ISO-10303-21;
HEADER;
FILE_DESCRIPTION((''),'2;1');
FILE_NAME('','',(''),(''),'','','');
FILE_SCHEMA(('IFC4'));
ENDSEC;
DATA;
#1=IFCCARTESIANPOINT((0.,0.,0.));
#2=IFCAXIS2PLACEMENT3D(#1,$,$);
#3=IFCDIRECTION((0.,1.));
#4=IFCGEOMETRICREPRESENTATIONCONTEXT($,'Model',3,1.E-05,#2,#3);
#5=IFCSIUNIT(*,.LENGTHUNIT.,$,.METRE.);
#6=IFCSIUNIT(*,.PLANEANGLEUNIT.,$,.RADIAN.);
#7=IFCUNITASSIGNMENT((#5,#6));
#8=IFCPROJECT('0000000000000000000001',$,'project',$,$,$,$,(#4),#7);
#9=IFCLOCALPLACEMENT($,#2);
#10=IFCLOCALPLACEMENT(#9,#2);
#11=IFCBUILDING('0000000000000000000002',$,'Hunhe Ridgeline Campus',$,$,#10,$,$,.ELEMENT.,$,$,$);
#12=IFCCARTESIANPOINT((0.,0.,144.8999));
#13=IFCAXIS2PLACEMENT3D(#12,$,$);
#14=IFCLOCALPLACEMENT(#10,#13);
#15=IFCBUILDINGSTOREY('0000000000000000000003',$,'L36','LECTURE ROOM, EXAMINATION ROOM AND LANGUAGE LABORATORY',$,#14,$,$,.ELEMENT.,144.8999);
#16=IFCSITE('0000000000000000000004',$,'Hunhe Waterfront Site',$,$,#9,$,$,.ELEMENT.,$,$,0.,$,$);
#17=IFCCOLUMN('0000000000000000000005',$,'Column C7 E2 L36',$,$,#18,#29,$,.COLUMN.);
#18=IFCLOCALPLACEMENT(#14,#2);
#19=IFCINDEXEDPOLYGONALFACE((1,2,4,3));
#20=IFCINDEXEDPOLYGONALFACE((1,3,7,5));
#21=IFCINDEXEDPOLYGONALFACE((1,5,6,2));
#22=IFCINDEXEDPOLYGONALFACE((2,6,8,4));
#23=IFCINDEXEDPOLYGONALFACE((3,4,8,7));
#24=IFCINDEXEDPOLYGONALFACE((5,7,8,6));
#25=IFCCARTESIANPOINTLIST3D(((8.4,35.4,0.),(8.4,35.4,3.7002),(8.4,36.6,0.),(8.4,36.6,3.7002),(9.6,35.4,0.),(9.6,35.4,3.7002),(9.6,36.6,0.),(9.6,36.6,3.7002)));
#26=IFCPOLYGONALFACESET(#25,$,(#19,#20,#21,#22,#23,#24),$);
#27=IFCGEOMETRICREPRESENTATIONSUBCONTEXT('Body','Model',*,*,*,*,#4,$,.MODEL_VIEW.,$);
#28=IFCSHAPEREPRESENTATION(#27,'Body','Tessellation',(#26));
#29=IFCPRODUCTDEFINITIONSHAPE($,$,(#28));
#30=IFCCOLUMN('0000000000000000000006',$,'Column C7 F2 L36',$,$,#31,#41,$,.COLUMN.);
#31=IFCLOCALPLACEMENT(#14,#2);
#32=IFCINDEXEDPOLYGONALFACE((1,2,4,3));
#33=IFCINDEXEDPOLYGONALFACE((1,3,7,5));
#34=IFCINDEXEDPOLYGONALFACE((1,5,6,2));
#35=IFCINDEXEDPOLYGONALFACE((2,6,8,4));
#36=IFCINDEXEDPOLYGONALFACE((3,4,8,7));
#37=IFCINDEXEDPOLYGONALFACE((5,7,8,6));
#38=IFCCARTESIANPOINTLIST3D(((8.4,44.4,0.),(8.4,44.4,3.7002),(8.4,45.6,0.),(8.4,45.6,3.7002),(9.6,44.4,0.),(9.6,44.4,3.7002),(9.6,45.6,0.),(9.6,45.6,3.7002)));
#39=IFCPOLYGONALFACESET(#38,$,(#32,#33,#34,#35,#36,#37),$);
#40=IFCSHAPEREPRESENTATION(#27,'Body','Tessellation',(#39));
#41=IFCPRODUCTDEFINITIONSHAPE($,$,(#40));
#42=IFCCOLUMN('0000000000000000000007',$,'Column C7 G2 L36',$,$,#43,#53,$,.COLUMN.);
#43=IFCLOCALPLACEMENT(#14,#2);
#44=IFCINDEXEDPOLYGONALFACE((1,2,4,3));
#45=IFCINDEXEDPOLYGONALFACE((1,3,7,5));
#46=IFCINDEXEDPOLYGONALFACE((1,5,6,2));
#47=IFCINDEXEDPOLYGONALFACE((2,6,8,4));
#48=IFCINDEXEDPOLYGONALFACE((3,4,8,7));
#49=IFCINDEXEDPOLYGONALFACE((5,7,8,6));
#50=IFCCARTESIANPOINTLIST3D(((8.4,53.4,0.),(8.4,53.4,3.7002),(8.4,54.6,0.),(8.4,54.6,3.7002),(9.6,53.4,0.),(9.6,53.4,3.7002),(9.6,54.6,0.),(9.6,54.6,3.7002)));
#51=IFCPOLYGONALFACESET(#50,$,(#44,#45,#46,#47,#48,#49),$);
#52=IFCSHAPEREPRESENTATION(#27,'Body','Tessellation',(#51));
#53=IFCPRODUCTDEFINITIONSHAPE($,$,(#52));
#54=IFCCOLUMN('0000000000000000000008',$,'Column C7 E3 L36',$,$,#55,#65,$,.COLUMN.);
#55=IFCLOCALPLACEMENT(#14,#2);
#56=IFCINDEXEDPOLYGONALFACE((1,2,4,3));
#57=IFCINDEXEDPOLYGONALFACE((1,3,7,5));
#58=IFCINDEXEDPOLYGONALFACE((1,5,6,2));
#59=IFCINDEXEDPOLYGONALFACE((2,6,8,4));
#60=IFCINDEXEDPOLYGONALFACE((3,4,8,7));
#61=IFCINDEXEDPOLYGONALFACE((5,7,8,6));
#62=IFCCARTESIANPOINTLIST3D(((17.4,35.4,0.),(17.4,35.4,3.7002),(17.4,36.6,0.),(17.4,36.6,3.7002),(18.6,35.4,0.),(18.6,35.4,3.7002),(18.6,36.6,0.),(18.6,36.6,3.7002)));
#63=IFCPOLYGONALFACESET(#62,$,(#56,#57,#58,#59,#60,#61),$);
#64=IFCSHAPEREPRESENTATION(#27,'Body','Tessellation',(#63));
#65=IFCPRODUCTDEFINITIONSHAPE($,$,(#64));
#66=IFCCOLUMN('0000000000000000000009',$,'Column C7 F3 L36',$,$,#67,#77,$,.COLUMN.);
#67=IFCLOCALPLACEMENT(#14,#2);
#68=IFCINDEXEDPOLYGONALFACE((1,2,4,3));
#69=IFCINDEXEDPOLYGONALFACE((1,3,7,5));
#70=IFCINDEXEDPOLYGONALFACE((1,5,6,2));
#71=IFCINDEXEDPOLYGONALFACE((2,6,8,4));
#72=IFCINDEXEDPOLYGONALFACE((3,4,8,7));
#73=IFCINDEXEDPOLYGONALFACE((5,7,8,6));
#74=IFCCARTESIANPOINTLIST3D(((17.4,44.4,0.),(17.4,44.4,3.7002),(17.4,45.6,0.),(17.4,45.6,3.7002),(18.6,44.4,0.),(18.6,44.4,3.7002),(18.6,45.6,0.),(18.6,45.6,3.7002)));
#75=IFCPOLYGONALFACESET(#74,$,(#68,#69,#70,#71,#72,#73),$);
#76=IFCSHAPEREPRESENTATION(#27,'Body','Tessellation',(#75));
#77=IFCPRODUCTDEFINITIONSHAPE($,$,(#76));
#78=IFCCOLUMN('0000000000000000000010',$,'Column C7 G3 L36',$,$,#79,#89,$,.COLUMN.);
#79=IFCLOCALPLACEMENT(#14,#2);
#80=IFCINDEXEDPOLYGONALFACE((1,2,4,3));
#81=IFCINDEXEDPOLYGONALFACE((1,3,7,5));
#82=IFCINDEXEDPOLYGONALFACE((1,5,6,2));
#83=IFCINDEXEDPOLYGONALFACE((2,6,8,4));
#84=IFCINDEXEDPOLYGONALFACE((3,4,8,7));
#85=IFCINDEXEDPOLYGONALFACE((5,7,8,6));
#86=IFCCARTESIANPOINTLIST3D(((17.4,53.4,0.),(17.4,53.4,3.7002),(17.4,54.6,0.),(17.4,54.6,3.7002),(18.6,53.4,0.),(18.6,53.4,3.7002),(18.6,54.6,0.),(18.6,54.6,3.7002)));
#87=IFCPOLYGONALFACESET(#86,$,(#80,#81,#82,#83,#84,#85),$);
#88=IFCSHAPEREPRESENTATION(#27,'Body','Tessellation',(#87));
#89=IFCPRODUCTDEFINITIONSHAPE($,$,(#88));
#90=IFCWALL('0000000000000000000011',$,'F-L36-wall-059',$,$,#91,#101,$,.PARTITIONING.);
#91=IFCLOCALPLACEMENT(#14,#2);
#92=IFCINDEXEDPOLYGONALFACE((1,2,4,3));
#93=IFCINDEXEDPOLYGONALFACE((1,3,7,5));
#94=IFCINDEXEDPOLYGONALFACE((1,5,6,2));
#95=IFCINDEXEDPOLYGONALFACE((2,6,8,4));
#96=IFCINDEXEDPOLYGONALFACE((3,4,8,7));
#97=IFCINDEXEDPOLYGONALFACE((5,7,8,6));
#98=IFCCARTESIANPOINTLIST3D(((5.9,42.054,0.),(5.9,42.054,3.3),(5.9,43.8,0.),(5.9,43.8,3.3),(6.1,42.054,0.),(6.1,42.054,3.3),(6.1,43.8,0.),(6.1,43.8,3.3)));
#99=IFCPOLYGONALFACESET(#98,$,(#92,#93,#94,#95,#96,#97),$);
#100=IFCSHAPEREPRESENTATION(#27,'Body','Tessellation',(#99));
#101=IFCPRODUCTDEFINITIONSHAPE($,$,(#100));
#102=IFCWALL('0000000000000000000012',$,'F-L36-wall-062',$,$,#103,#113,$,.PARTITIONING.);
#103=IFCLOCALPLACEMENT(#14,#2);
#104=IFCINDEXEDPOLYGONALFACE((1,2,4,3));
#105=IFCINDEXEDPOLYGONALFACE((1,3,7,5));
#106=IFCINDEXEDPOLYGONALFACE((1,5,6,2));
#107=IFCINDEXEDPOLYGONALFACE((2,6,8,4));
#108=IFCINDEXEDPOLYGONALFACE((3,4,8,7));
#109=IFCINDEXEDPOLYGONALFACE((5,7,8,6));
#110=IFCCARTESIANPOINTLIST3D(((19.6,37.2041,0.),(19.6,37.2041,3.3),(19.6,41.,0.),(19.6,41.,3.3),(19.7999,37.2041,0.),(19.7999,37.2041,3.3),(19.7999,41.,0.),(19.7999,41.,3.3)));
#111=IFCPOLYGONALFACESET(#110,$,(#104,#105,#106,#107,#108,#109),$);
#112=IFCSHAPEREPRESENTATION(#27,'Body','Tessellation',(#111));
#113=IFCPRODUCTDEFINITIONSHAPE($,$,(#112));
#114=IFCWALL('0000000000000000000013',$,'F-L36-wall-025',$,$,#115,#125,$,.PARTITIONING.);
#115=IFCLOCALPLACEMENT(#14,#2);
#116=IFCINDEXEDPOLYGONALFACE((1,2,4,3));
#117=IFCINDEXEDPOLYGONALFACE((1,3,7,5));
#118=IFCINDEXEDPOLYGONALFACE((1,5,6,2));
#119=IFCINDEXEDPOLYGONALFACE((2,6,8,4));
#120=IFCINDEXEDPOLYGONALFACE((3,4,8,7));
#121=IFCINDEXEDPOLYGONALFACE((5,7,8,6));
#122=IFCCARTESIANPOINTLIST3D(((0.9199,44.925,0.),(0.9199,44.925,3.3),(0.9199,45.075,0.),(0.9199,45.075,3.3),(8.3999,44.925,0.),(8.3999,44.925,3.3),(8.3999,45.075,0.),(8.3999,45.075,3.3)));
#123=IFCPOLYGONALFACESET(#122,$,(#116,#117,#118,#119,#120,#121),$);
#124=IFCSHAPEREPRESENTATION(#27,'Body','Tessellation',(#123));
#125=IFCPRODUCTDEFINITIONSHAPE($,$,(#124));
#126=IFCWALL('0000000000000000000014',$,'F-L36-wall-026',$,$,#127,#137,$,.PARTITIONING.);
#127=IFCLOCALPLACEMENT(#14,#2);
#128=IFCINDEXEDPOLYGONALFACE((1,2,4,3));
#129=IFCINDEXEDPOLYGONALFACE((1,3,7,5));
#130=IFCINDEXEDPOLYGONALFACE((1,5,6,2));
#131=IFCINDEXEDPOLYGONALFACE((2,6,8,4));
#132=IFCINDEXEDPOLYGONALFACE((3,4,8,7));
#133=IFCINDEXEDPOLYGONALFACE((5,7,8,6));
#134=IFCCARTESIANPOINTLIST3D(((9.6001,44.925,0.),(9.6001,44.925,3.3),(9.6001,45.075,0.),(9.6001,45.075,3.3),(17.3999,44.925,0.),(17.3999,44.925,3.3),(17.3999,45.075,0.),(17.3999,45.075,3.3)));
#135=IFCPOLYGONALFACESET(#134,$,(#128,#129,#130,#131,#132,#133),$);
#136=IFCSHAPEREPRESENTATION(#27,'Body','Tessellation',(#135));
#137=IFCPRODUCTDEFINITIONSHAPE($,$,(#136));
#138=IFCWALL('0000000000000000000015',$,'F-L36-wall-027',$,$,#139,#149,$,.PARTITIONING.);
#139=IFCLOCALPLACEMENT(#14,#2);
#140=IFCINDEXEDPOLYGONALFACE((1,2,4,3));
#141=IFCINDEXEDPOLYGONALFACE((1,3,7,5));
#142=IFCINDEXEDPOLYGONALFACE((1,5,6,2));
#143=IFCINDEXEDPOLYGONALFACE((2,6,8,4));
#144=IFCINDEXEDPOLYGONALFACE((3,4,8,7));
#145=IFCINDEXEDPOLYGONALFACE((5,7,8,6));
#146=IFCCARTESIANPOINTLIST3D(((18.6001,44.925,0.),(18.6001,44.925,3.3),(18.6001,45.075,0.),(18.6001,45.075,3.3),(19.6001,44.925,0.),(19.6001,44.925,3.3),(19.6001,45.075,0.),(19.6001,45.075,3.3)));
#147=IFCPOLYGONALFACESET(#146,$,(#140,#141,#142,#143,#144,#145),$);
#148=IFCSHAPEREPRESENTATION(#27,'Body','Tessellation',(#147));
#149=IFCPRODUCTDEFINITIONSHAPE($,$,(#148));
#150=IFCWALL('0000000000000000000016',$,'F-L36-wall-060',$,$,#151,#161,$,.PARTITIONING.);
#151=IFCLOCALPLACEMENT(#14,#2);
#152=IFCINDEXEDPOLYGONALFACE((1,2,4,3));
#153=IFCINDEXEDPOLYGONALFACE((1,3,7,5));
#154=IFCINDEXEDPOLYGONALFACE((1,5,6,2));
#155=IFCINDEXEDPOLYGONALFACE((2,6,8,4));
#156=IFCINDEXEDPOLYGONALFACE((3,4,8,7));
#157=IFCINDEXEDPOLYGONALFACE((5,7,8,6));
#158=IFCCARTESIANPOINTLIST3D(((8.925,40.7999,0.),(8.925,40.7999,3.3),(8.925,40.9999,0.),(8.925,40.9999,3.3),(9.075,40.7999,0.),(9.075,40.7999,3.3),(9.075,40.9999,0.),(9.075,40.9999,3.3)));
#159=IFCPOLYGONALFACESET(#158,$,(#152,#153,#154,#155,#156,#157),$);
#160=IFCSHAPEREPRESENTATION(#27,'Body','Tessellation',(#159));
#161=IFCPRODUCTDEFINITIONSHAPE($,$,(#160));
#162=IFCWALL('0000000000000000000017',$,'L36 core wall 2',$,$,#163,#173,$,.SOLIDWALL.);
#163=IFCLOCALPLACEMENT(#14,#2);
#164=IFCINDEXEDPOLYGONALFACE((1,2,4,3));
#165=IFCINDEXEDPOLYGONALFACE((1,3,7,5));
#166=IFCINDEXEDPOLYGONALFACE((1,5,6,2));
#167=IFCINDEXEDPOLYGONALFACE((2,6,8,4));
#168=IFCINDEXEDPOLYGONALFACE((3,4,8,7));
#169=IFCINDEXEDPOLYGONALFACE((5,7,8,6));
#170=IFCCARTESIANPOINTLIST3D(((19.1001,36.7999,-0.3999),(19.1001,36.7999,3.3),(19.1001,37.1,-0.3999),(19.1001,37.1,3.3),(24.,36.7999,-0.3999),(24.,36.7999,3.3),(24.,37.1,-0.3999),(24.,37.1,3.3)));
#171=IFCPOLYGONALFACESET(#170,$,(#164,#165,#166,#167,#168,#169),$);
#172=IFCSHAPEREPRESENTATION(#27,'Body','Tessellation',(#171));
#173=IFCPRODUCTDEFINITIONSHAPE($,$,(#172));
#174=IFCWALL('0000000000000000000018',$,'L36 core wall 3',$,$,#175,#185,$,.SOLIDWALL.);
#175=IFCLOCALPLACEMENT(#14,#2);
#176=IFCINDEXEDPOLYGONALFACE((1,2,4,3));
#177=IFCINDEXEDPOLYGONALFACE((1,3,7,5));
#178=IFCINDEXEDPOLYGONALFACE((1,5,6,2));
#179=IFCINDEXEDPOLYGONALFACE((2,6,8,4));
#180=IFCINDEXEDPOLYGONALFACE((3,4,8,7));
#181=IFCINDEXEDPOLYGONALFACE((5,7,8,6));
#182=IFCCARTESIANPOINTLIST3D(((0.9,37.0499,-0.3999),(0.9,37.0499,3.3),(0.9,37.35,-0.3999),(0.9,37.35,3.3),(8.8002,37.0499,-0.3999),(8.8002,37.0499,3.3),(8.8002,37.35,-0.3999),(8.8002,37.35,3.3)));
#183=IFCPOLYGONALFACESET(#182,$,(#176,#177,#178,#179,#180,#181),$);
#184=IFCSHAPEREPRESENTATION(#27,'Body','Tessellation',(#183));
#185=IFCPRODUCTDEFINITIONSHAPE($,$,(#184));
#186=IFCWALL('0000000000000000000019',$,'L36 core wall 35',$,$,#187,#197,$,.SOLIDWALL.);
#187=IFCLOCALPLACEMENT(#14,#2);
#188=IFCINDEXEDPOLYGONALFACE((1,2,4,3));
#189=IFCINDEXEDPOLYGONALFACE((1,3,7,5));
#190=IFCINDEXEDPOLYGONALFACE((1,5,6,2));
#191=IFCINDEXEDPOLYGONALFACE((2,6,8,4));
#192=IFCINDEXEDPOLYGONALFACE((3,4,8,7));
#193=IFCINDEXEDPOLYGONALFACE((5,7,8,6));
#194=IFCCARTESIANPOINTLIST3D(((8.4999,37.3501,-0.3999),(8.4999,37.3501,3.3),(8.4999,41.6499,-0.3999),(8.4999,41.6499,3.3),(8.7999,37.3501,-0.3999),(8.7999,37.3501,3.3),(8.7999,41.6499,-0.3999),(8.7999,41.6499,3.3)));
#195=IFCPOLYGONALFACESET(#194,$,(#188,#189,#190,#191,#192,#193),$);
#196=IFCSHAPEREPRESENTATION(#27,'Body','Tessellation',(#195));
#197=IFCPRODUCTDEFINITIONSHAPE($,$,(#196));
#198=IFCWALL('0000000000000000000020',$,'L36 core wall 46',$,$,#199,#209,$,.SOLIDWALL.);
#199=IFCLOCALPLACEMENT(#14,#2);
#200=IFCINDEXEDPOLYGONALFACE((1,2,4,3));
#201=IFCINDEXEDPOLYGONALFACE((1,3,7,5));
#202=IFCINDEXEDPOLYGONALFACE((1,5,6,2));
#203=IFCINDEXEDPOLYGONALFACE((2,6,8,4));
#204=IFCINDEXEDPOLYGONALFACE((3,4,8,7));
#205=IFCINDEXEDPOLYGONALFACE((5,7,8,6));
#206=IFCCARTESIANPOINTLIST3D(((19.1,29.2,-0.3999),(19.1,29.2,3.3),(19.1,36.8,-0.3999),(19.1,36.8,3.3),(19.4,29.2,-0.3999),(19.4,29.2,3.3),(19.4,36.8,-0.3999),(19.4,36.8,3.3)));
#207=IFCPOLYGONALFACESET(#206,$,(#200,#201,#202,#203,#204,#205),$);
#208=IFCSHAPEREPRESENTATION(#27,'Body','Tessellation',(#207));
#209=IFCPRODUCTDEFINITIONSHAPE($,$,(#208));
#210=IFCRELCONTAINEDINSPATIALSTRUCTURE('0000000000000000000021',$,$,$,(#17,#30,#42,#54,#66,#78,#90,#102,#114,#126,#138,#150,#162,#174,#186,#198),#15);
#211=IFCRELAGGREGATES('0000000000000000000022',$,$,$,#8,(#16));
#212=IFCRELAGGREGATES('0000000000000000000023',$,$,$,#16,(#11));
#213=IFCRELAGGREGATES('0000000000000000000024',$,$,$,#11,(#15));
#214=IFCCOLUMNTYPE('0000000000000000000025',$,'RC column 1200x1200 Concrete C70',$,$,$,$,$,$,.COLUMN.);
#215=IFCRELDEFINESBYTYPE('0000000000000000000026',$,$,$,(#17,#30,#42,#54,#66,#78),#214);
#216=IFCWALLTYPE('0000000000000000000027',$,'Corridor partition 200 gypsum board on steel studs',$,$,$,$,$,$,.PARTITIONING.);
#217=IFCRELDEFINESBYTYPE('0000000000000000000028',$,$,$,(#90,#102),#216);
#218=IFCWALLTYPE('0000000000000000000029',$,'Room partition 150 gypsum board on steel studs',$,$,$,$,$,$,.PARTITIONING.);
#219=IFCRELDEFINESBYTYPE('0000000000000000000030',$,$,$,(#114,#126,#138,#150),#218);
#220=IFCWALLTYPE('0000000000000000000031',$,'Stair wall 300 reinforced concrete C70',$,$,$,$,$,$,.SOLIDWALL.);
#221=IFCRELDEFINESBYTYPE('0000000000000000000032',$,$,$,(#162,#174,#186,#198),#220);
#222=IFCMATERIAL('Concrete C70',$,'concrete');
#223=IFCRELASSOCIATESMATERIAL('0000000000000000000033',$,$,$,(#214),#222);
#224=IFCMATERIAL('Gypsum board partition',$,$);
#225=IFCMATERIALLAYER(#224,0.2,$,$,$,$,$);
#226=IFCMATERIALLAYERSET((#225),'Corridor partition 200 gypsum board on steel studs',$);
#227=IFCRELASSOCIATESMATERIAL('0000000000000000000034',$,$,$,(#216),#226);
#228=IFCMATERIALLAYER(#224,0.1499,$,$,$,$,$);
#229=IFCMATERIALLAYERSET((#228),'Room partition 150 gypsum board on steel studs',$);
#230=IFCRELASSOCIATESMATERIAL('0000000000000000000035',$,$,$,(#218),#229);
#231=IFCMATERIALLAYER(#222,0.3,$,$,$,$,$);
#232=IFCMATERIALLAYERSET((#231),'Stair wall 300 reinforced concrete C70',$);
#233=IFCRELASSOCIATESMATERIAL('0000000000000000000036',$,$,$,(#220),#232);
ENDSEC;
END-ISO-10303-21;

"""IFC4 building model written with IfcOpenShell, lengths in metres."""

from ifc_helpers import new_model, si_unit, direction, frame, frame_2d, origin, origin_2d, place, context, subcontext, project, spatial, rectangle, extrude, material, layer, layer_set, material_profile, profile_set, type_object, element, save


model = new_model("IFC4")

# Units and contexts
model_context = context("Model", 3, precision=1e-05, world=origin(), true_north=direction((0.0, 1.0)))
body_context = subcontext(model_context, "Body", "Model", "MODEL_VIEW")
ifc_project = project(units=[si_unit("LENGTHUNIT", "METRE"), si_unit("PLANEANGLEUNIT", "RADIAN")], contexts=[model_context])

# Site, building, storey
site_placement = place(None, origin())
site = spatial("IfcSite", under=ifc_project, at=site_placement, Name="Hunhe Waterfront Site", CompositionType="ELEMENT", RefElevation=0.0)
building_placement = place(site_placement, origin())
building = spatial("IfcBuilding", under=site, at=building_placement, Name="Hunhe Ridgeline Campus", CompositionType="ELEMENT")
storey_placement = place(building_placement, frame((0.0, 0.0, 144.8999)))
storey = spatial("IfcBuildingStorey", under=building, at=storey_placement, Name="L36", Description="LECTURE ROOM, EXAMINATION ROOM AND LANGUAGE LABORATORY", CompositionType="ELEMENT", Elevation=144.8999)

# Columns
ifc_material_1 = material(Name="Concrete C70", Category="concrete")
ifc_material_profile = material_profile(ifc_material_1, rectangle(XDim=1.2, YDim=1.2, at=origin_2d()))
ifc_profile_set = profile_set([ifc_material_profile], Name="Concrete C70")
column_type = type_object("IfcColumnType", Name="RC column 1200x1200 Concrete C70", PredefinedType="COLUMN", material=ifc_profile_set)
for number, where, z_axis, x_axis, name in (
    (1, (9.0, 36.0, 0.0), (0.0, 0.0, 1.0), (1.0, 0.0, 0.0), "Column C7 E2 L36"),
    (2, (9.0, 45.0, 0.0), (0.0, 0.0, 1.0), (1.0, 0.0, 0.0), "Column C7 F2 L36"),
    (3, (9.0, 54.0, 0.0), (0.0, 0.0, 1.0), (1.0, 0.0, 0.0), "Column C7 G2 L36"),
    (4, (18.0, 36.0, 0.0), (0.0, 0.0, 1.0), (1.0, 0.0, 0.0), "Column C7 E3 L36"),
    (5, (18.0, 45.0, 0.0), (0.0, 0.0, 1.0), (1.0, 0.0, 0.0), "Column C7 F3 L36"),
    (6, (18.0, 54.0, 0.0), (0.0, 0.0, 1.0), (1.0, 0.0, 0.0), "Column C7 G3 L36"),
):
    element("IfcColumn", number, at=place(storey_placement, frame(where, z_axis=z_axis, x_axis=x_axis)), inside=storey, type_object=column_type, Name=name, PredefinedType="COLUMN", context=body_context, shape_type="SweptSolid", body=[
        extrude(rectangle(XDim=1.2, YDim=1.2, at=origin_2d()), origin(), (0.0, 0.0, 1.0), 3.7002),
    ])

# Shared definitions
ifc_material_2 = material(Name="Gypsum board partition")
ifc_layer_1 = layer(ifc_material_2, 0.2)
ifc_layer_set_1 = layer_set([ifc_layer_1], Name="Corridor partition 200 gypsum board on steel studs")
wall_type_1 = type_object("IfcWallType", Name="Corridor partition 200 gypsum board on steel studs", PredefinedType="PARTITIONING", material=ifc_layer_set_1)

# Walls
wall_1_placement = place(storey_placement, frame((6.0, 42.054, 0.0), z_axis=(0.0, 0.0, 1.0), x_axis=(0.0, 1.0, 0.0)))
element("IfcWall", 7, at=wall_1_placement, inside=storey, type_object=wall_type_1, Name="F-L36-wall-059", PredefinedType="PARTITIONING", context=body_context, shape_type="SweptSolid", body=[
    extrude(rectangle(XDim=1.7461, YDim=0.2, at=frame_2d((0.873, 0.0))), origin(), (0.0, 0.0, 1.0), 3.3),
])
wall_2_placement = place(storey_placement, frame((19.7, 37.2041, 0.0), z_axis=(0.0, 0.0, 1.0), x_axis=(0.0, 1.0, 0.0)))
element("IfcWall", 8, at=wall_2_placement, inside=storey, type_object=wall_type_1, Name="F-L36-wall-062", PredefinedType="PARTITIONING", context=body_context, shape_type="SweptSolid", body=[
    extrude(rectangle(XDim=3.7959, YDim=0.2, at=frame_2d((1.8979, 0.0))), origin(), (0.0, 0.0, 1.0), 3.3),
])

# Walls
ifc_layer_2 = layer(ifc_material_2, 0.1499)
ifc_layer_set_2 = layer_set([ifc_layer_2], Name="Room partition 150 gypsum board on steel studs")
wall_type_2 = type_object("IfcWallType", Name="Room partition 150 gypsum board on steel studs", PredefinedType="PARTITIONING", material=ifc_layer_set_2)
wall_3_placement = place(storey_placement, frame((0.9199, 45.0, 0.0), z_axis=(0.0, 0.0, 1.0), x_axis=(1.0, 0.0, 0.0)))
element("IfcWall", 9, at=wall_3_placement, inside=storey, type_object=wall_type_2, Name="F-L36-wall-025", PredefinedType="PARTITIONING", context=body_context, shape_type="SweptSolid", body=[
    extrude(rectangle(XDim=7.48, YDim=0.1499, at=frame_2d((3.74, 0.0))), origin(), (0.0, 0.0, 1.0), 3.3),
])
wall_4_placement = place(storey_placement, frame((9.6001, 45.0, 0.0), z_axis=(0.0, 0.0, 1.0), x_axis=(1.0, 0.0, 0.0)))
element("IfcWall", 10, at=wall_4_placement, inside=storey, type_object=wall_type_2, Name="F-L36-wall-026", PredefinedType="PARTITIONING", context=body_context, shape_type="SweptSolid", body=[
    extrude(rectangle(XDim=7.7998, YDim=0.1499, at=frame_2d((3.8999, 0.0))), origin(), (0.0, 0.0, 1.0), 3.3),
])
wall_5_placement = place(storey_placement, frame((18.6001, 45.0, 0.0), z_axis=(0.0, 0.0, 1.0), x_axis=(1.0, 0.0, 0.0)))
element("IfcWall", 11, at=wall_5_placement, inside=storey, type_object=wall_type_2, Name="F-L36-wall-027", PredefinedType="PARTITIONING", context=body_context, shape_type="SweptSolid", body=[
    extrude(rectangle(XDim=1.0, YDim=0.1499, at=frame_2d((0.5, 0.0))), origin(), (0.0, 0.0, 1.0), 3.3),
])
wall_6_placement = place(storey_placement, frame((9.0, 41.0, 0.0), z_axis=(0.0, 0.0, 1.0), x_axis=(0.0, -1.0, 0.0)))
element("IfcWall", 12, at=wall_6_placement, inside=storey, type_object=wall_type_2, Name="F-L36-wall-060", PredefinedType="PARTITIONING", context=body_context, shape_type="SweptSolid", body=[
    extrude(rectangle(XDim=0.2, YDim=0.1499, at=frame_2d((0.1001, 0.0))), origin(), (0.0, 0.0, 1.0), 3.3),
])
ifc_layer_3 = layer(ifc_material_1, 0.3)
ifc_layer_set_3 = layer_set([ifc_layer_3], Name="Stair wall 300 reinforced concrete C70")
wall_type_3 = type_object("IfcWallType", Name="Stair wall 300 reinforced concrete C70", PredefinedType="SOLIDWALL", material=ifc_layer_set_3)
wall_7_placement = place(storey_placement, frame((19.1001, 36.95, -0.3999), z_axis=(0.0, 0.0, 1.0), x_axis=(1.0, 0.0, 0.0)))
element("IfcWall", 13, at=wall_7_placement, inside=storey, type_object=wall_type_3, Name="L36 core wall 2", PredefinedType="SOLIDWALL", context=body_context, shape_type="SweptSolid", body=[
    extrude(rectangle(XDim=4.8999, YDim=0.3, at=frame_2d((2.45, 0.0))), origin(), (0.0, 0.0, 1.0), 3.7),
])
wall_8_placement = place(storey_placement, frame((0.8999, 37.2, -0.3999), z_axis=(0.0, 0.0, 1.0), x_axis=(1.0, 0.0, 0.0)))
element("IfcWall", 14, at=wall_8_placement, inside=storey, type_object=wall_type_3, Name="L36 core wall 3", PredefinedType="SOLIDWALL", context=body_context, shape_type="SweptSolid", body=[
    extrude(rectangle(XDim=7.9001, YDim=0.3, at=frame_2d((3.9502, 0.0))), origin(), (0.0, 0.0, 1.0), 3.7),
])

# Walls
wall_9_placement = place(storey_placement, frame((8.6499, 37.3501, -0.3999), z_axis=(0.0, 0.0, 1.0), x_axis=(0.0, 1.0, 0.0)))
element("IfcWall", 15, at=wall_9_placement, inside=storey, type_object=wall_type_3, Name="L36 core wall 35", PredefinedType="SOLIDWALL", context=body_context, shape_type="SweptSolid", body=[
    extrude(rectangle(XDim=4.2998, YDim=0.3, at=frame_2d((2.1499, 0.0))), origin(), (0.0, 0.0, 1.0), 3.7),
])
wall_10_placement = place(storey_placement, frame((19.25, 29.2, -0.3999), z_axis=(0.0, 0.0, 1.0), x_axis=(0.0, 1.0, 0.0)))
element("IfcWall", 16, at=wall_10_placement, inside=storey, type_object=wall_type_3, Name="L36 core wall 46", PredefinedType="SOLIDWALL", context=body_context, shape_type="SweptSolid", body=[
    extrude(rectangle(XDim=7.6001, YDim=0.3, at=frame_2d((3.8, 0.0))), origin(), (0.0, 0.0, 1.0), 3.7),
])

save(model, "model.ifc")
